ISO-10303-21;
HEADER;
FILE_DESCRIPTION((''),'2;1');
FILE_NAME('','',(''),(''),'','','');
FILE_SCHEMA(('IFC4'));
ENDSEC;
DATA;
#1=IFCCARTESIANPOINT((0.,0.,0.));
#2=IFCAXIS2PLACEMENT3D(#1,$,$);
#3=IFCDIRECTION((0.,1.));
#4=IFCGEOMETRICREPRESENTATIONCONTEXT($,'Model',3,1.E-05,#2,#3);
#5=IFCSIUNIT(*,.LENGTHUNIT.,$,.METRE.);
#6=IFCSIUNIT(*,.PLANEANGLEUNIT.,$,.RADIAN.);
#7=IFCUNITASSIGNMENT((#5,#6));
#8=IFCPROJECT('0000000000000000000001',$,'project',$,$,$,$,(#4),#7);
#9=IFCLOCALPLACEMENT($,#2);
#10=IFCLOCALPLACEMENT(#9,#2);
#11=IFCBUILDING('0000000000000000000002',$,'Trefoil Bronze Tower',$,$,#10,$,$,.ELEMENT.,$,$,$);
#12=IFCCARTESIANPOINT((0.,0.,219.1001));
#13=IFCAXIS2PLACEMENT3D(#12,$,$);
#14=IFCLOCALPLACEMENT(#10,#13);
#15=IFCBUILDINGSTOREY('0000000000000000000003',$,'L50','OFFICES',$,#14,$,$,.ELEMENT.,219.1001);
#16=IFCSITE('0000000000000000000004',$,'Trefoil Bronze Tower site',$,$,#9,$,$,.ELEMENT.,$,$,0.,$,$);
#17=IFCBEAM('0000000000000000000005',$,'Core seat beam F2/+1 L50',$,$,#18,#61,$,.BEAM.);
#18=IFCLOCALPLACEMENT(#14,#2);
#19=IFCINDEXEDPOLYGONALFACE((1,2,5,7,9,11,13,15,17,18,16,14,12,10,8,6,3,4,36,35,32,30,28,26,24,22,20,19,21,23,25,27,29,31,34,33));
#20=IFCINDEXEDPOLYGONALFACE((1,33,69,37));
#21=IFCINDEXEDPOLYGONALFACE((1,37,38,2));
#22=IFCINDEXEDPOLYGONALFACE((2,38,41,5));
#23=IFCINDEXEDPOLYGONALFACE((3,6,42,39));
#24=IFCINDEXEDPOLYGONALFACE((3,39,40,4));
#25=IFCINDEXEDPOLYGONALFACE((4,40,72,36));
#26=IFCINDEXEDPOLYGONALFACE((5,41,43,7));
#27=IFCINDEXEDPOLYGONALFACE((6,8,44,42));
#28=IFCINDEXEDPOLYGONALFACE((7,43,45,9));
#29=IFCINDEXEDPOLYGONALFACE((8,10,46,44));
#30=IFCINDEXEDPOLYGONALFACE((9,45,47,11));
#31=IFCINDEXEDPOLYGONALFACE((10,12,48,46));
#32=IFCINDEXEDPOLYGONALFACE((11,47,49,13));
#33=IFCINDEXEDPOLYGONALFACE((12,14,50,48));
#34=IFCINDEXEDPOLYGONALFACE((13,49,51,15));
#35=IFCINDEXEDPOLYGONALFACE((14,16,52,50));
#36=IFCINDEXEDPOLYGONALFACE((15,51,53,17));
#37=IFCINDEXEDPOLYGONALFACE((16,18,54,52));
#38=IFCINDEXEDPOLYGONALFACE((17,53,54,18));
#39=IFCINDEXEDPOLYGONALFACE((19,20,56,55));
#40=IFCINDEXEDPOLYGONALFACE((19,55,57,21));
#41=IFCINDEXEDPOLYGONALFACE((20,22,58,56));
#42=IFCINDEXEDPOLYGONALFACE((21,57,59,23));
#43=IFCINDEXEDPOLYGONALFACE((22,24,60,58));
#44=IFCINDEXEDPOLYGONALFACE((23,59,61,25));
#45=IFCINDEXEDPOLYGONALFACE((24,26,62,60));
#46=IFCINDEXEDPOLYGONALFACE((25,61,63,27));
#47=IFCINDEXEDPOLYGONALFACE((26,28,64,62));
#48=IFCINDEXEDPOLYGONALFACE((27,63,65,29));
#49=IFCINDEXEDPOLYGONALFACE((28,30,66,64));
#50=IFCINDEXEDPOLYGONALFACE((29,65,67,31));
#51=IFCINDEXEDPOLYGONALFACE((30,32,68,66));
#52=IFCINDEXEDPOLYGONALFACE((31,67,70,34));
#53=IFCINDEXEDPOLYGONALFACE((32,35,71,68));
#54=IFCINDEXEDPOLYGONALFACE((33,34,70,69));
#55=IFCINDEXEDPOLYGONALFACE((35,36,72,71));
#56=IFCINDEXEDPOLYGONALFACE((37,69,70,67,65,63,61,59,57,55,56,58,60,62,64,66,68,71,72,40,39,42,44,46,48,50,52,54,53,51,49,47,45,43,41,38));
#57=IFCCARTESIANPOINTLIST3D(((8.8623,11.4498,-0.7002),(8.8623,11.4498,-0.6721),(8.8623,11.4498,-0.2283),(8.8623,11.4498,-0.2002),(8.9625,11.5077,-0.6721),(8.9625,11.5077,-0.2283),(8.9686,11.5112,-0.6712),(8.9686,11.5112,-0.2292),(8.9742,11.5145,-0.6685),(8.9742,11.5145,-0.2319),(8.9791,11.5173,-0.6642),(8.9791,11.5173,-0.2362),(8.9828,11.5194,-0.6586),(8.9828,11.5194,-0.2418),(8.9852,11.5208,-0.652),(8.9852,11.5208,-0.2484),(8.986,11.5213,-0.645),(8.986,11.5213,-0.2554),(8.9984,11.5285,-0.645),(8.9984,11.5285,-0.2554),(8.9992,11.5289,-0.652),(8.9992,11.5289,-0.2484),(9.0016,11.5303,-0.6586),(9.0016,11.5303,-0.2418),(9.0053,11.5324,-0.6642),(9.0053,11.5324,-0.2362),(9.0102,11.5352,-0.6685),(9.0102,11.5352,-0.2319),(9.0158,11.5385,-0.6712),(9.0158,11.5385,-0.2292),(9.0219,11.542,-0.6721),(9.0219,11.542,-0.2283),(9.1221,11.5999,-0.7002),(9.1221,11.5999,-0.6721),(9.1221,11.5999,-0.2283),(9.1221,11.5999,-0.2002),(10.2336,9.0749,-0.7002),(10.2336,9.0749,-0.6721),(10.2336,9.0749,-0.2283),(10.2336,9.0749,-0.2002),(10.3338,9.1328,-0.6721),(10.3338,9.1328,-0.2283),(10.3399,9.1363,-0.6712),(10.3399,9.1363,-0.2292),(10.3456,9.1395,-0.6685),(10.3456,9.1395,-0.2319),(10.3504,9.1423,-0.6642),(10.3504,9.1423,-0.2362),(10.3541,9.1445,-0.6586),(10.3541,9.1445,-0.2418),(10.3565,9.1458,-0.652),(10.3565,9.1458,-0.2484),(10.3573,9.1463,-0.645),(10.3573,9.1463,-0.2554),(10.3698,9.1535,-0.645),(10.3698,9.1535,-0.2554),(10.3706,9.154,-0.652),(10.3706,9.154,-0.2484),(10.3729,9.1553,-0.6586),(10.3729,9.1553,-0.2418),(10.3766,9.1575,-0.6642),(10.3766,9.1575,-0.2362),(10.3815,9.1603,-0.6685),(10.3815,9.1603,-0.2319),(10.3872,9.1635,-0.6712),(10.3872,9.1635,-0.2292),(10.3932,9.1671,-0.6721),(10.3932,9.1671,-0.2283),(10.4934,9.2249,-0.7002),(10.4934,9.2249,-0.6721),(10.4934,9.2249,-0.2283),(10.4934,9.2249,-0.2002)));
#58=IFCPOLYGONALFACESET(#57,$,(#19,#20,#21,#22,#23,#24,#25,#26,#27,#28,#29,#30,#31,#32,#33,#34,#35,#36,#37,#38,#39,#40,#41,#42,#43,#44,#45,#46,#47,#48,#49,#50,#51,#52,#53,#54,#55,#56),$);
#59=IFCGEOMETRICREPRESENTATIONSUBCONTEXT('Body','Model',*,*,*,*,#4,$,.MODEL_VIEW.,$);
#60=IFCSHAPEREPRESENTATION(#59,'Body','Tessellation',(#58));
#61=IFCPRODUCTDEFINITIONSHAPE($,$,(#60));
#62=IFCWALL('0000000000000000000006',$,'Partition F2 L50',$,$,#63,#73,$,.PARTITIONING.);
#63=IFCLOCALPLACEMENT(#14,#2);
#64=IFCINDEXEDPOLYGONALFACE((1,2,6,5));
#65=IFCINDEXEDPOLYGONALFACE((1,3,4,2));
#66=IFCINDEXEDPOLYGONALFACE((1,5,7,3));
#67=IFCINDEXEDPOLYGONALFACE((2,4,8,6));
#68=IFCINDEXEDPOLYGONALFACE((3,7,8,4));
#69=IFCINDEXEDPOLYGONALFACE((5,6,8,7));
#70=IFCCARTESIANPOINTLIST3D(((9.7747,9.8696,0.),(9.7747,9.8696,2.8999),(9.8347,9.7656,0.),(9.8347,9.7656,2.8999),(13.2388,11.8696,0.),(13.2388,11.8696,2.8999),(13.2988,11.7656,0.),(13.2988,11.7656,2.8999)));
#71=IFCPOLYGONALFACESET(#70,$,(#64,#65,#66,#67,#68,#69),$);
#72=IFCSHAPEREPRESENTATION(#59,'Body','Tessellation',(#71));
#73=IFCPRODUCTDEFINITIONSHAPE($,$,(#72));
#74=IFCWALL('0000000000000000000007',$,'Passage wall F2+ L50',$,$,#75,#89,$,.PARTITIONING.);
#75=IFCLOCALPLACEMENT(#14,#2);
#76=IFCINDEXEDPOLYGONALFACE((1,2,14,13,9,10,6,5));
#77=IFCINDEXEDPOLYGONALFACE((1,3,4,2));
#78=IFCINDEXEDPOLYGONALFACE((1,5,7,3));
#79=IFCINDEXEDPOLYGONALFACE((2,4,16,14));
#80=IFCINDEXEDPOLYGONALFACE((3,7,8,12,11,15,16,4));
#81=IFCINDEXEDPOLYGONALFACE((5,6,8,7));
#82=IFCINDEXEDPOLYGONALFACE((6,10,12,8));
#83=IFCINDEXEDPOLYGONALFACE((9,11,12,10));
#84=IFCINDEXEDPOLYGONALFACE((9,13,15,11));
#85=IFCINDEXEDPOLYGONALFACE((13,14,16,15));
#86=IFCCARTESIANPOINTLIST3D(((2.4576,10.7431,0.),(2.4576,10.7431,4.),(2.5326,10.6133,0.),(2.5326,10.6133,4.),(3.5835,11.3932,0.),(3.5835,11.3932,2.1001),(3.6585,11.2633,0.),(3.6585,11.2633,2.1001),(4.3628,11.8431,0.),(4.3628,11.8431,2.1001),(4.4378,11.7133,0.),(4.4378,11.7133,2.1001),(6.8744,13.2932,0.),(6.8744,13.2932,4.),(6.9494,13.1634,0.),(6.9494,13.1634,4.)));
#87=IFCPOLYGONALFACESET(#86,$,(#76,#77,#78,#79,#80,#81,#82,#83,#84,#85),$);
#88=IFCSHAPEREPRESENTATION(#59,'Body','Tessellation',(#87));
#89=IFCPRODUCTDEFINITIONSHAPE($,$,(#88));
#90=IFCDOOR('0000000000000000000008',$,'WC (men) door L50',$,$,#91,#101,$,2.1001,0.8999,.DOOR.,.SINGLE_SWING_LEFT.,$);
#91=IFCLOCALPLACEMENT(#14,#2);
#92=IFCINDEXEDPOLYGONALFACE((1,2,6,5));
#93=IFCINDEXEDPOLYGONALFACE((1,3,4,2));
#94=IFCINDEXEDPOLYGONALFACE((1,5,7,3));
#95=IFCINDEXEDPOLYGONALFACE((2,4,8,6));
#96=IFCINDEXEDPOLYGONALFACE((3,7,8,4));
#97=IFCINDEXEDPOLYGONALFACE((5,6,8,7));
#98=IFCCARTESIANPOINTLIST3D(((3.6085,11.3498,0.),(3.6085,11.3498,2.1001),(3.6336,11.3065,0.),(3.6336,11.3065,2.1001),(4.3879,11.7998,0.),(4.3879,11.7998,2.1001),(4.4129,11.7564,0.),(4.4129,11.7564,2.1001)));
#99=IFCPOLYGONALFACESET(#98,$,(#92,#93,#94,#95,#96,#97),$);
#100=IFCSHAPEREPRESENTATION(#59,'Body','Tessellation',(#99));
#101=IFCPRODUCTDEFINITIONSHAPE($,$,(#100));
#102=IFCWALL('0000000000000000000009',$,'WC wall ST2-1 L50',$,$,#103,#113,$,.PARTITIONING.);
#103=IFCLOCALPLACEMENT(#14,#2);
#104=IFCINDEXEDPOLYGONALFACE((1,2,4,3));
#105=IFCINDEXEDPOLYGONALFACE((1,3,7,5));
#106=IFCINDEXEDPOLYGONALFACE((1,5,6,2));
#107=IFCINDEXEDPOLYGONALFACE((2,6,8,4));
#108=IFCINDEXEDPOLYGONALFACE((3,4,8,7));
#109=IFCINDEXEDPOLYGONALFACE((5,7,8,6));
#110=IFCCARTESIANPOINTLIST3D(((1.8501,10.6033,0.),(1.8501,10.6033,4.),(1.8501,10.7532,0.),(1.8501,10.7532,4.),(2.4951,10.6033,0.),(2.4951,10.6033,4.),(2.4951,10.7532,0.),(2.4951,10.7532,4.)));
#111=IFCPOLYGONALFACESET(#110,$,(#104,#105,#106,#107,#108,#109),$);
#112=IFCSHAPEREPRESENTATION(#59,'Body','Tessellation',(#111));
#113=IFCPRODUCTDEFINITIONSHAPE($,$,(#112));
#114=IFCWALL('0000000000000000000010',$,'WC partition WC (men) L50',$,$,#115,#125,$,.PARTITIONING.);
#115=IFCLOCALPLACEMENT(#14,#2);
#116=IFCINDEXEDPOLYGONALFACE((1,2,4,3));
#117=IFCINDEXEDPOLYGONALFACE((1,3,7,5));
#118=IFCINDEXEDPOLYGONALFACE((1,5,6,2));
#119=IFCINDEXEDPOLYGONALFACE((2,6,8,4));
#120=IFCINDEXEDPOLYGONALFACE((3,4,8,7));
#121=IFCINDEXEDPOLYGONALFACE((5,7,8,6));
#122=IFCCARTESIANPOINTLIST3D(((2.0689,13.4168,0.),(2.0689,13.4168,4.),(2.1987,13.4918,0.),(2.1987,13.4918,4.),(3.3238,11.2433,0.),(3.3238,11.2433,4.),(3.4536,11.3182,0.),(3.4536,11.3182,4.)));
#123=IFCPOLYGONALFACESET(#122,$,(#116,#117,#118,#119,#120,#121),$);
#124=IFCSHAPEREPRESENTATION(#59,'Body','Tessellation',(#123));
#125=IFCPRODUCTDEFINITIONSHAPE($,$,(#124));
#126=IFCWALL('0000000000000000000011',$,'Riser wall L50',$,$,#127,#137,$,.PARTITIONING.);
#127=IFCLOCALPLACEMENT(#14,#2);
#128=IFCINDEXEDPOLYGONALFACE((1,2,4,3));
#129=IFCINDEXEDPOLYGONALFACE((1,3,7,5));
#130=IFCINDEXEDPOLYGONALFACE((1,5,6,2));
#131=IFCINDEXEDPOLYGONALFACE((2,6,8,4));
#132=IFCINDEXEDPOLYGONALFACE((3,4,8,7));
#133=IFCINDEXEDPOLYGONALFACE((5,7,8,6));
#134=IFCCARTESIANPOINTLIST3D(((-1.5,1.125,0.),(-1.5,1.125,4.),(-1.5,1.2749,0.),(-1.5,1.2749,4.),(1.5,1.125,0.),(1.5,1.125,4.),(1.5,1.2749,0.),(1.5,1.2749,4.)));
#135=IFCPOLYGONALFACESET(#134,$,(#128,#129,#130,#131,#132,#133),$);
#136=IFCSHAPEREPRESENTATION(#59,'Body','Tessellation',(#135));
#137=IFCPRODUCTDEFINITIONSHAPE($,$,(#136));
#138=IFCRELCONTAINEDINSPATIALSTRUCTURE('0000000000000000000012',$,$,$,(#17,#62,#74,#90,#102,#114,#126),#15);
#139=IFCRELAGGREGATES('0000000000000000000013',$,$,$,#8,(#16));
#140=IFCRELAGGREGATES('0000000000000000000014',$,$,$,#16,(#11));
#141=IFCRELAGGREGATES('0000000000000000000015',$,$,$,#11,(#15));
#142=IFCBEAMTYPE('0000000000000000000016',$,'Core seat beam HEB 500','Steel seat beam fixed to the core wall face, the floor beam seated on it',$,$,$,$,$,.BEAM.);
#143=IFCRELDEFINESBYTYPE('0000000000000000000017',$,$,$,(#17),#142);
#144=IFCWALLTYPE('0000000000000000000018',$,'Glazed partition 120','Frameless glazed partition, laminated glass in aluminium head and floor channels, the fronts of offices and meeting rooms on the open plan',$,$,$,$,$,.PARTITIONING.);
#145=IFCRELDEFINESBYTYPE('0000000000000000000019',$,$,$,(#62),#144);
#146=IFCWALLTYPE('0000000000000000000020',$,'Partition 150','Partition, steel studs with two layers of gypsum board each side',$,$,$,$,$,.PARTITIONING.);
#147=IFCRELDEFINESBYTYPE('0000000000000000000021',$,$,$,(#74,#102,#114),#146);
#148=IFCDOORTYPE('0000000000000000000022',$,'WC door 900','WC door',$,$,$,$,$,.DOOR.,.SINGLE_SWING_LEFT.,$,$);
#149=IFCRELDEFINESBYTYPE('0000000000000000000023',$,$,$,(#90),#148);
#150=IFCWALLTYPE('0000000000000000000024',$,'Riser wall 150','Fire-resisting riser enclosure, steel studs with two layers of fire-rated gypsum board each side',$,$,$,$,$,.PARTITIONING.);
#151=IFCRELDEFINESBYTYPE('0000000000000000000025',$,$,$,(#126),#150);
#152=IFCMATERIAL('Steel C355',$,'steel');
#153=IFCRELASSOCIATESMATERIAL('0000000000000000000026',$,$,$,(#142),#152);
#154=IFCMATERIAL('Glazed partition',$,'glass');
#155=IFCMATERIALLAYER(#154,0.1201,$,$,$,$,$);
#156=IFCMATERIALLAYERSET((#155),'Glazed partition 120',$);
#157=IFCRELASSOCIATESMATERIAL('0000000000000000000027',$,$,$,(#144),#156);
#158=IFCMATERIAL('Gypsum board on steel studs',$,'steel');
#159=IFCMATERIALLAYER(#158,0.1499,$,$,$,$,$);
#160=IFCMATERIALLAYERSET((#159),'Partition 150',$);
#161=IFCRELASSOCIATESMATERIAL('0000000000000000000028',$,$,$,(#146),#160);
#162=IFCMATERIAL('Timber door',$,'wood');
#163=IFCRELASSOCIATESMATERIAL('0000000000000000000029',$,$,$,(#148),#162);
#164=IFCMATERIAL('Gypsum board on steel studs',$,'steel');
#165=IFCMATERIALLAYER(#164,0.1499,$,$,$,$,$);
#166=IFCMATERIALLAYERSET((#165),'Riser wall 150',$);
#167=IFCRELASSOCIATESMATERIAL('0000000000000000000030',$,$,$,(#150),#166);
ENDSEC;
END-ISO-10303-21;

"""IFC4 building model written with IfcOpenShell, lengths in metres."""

from ifc_helpers import new_model, si_unit, direction, frame, frame_2d, origin, origin_2d, place, context, subcontext, project, spatial, rectangle, i_section, extrude, material, layer, layer_set, material_profile, profile_set, type_object, element, fill, save


model = new_model("IFC4")

# Units and contexts
model_context = context("Model", 3, precision=1e-05, world=origin(), true_north=direction((0.0, 1.0)))
body_context = subcontext(model_context, "Body", "Model", "MODEL_VIEW")
ifc_project = project(units=[si_unit("LENGTHUNIT", "METRE"), si_unit("PLANEANGLEUNIT", "RADIAN")], contexts=[model_context])

# Site, building, storey
site_placement = place(None, origin())
site = spatial("IfcSite", under=ifc_project, at=site_placement, Name="Trefoil Bronze Tower site", CompositionType="ELEMENT", RefElevation=0.0)
building_placement = place(site_placement, origin())
building = spatial("IfcBuilding", under=site, at=building_placement, Name="Trefoil Bronze Tower", CompositionType="ELEMENT")
storey_placement = place(building_placement, frame((0.0, 0.0, 219.1001)))
storey = spatial("IfcBuildingStorey", under=building, at=storey_placement, Name="L50", Description="OFFICES", CompositionType="ELEMENT", Elevation=219.1001)

# Beam
ifc_material_1 = material(Name="Steel C355", Category="steel")
ifc_material_profile = material_profile(ifc_material_1, i_section(OverallWidth=0.3, OverallDepth=0.5, WebThickness=0.0144, FlangeThickness=0.0281, FilletRadius=0.0271, at=origin_2d()), Name="HEB 500")
ifc_profile_set = profile_set([ifc_material_profile], Name="Steel C355")
beam_type = type_object("IfcBeamType", Name="Core seat beam HEB 500", Description="Steel seat beam fixed to the core wall face, the floor beam seated on it", PredefinedType="BEAM", material=ifc_profile_set)
beam_placement = place(storey_placement, frame((10.3635, 9.1499, -0.4502), z_axis=(-0.500036, 0.866005, 0.0), x_axis=(-0.866005, -0.500036, 0.0)))
element("IfcBeam", 1, at=beam_placement, inside=storey, type_object=beam_type, Name="Core seat beam F2/+1 L50", PredefinedType="BEAM", context=body_context, shape_type="SweptSolid", body=[
    extrude(i_section(OverallWidth=0.3, OverallDepth=0.5, WebThickness=0.0144, FlangeThickness=0.0281, FilletRadius=0.0271, at=origin_2d()), origin(), (0.0, 0.0, 1.0), 2.7424),
])

# Wall
ifc_material_2 = material(Name="Glazed partition", Category="glass")
ifc_layer_1 = layer(ifc_material_2, 0.1201)
ifc_layer_set_1 = layer_set([ifc_layer_1], Name="Glazed partition 120")
wall_type_1 = type_object("IfcWallType", Name="Glazed partition 120", Description="Frameless glazed partition, laminated glass in aluminium head and floor channels, the fronts of offices and meeting rooms on the open plan", PredefinedType="PARTITIONING", material=ifc_layer_set_1)
wall_1_placement = place(storey_placement, frame((9.8047, 9.8176, 0.0), z_axis=(0.0, 0.0, 1.0), x_axis=(0.866026, 0.499999, 0.0)))
element("IfcWall", 2, at=wall_1_placement, inside=storey, type_object=wall_type_1, Name="Partition F2 L50", PredefinedType="PARTITIONING", context=body_context, shape_type="SweptSolid", body=[
    extrude(rectangle(XDim=4.0, YDim=0.1201, at=frame_2d((2.0, 0.0))), origin(), (0.0, 0.0, 1.0), 2.8999),
])

# Wall, opening, door
ifc_material_3 = material(Name="Gypsum board on steel studs", Category="steel")
ifc_layer_2 = layer(ifc_material_3, 0.1499)
ifc_layer_set_2 = layer_set([ifc_layer_2], Name="Partition 150")
wall_type_2 = type_object("IfcWallType", Name="Partition 150", Description="Partition, steel studs with two layers of gypsum board each side", PredefinedType="PARTITIONING", material=ifc_layer_set_2)
wall_2_placement = place(storey_placement, frame((2.4951, 10.6782, 0.0), z_axis=(0.0, 0.0, 1.0), x_axis=(0.866022, 0.500006, 0.0)))
wall_2 = element("IfcWall", 3, at=wall_2_placement, inside=storey, type_object=wall_type_2, Name="Passage wall F2+ L50", PredefinedType="PARTITIONING", context=body_context, shape_type="SweptSolid", body=[
    extrude(rectangle(XDim=5.1001, YDim=0.1499, at=frame_2d((2.55, 0.0))), origin(), (0.0, 0.0, 1.0), 4.0),
])
opening_1_placement = place(wall_2_placement, frame((1.3, 0.0, 0.0)))
opening_1 = element("IfcOpeningElement", 4, at=opening_1_placement, cuts=wall_2, PredefinedType="OPENING", context=body_context, shape_type="SweptSolid", body=[
    extrude(rectangle(XDim=0.8999, YDim=2.1001, at=frame_2d((0.45, 1.05))), frame((0.0, 0.085, 0.0), z_axis=(0.0, -1.0, 0.0), x_axis=(1.0, 0.0, 0.0)), (0.0, 0.0, 1.0), 0.1699),
])
ifc_material_4 = material(Name="Timber door", Category="wood")
door_type_1 = type_object("IfcDoorType", Name="WC door 900", Description="WC door", OperationType="SINGLE_SWING_LEFT", PredefinedType="DOOR", material=ifc_material_4)
door_1_placement = place(opening_1_placement, origin())
door_1 = element("IfcDoor", 5, at=door_1_placement, inside=storey, type_object=door_type_1, Name="WC (men) door L50", OperationType="SINGLE_SWING_LEFT", OverallHeight=2.1001, OverallWidth=0.8999, PredefinedType="DOOR", context=body_context, shape_type="SweptSolid", body=[
    extrude(rectangle(XDim=0.8999, YDim=2.1001, at=frame_2d((0.45, 1.05))), frame((0.0, 0.0249, 0.0), z_axis=(0.0, -1.0, 0.0), x_axis=(1.0, 0.0, 0.0)), (0.0, 0.0, 1.0), 0.05),
])
fill(opening_1, door_1)

# Walls
wall_3_placement = place(storey_placement, frame((2.4951, 10.6782, 0.0), z_axis=(0.0, 0.0, 1.0), x_axis=(-1.0, 0.0, 0.0)))
element("IfcWall", 6, at=wall_3_placement, inside=storey, type_object=wall_type_2, Name="WC wall ST2-1 L50", PredefinedType="PARTITIONING", context=body_context, shape_type="SweptSolid", body=[
    extrude(rectangle(XDim=0.645, YDim=0.1499, at=frame_2d((0.3225, 0.0))), origin(), (0.0, 0.0, 1.0), 4.0),
])
wall_4_placement = place(storey_placement, frame((3.3887, 11.2808, 0.0), z_axis=(0.0, 0.0, 1.0), x_axis=(-0.499989, 0.866032, 0.0)))
element("IfcWall", 7, at=wall_4_placement, inside=storey, type_object=wall_type_2, Name="WC partition WC (men) L50", PredefinedType="PARTITIONING", context=body_context, shape_type="SweptSolid", body=[
    extrude(rectangle(XDim=2.5098, YDim=0.1499, at=frame_2d((1.2549, 0.0))), origin(), (0.0, 0.0, 1.0), 4.0),
])
ifc_material_5 = material(Name="Gypsum board on steel studs", Category="steel")
ifc_layer_3 = layer(ifc_material_5, 0.1499)
ifc_layer_set_3 = layer_set([ifc_layer_3], Name="Riser wall 150")
wall_type_3 = type_object("IfcWallType", Name="Riser wall 150", Description="Fire-resisting riser enclosure, steel studs with two layers of fire-rated gypsum board each side", PredefinedType="PARTITIONING", material=ifc_layer_set_3)
wall_5_placement = place(storey_placement, frame((1.5, 1.2, 0.0), z_axis=(0.0, 0.0, 1.0), x_axis=(-1.0, 0.0, 0.0)))
element("IfcWall", 8, at=wall_5_placement, inside=storey, type_object=wall_type_3, Name="Riser wall L50", PredefinedType="PARTITIONING", context=body_context, shape_type="SweptSolid", body=[
    extrude(rectangle(XDim=3.0, YDim=0.1499, at=frame_2d((1.5, 0.0))), origin(), (0.0, 0.0, 1.0), 4.0),
])

save(model, "model.ifc")
